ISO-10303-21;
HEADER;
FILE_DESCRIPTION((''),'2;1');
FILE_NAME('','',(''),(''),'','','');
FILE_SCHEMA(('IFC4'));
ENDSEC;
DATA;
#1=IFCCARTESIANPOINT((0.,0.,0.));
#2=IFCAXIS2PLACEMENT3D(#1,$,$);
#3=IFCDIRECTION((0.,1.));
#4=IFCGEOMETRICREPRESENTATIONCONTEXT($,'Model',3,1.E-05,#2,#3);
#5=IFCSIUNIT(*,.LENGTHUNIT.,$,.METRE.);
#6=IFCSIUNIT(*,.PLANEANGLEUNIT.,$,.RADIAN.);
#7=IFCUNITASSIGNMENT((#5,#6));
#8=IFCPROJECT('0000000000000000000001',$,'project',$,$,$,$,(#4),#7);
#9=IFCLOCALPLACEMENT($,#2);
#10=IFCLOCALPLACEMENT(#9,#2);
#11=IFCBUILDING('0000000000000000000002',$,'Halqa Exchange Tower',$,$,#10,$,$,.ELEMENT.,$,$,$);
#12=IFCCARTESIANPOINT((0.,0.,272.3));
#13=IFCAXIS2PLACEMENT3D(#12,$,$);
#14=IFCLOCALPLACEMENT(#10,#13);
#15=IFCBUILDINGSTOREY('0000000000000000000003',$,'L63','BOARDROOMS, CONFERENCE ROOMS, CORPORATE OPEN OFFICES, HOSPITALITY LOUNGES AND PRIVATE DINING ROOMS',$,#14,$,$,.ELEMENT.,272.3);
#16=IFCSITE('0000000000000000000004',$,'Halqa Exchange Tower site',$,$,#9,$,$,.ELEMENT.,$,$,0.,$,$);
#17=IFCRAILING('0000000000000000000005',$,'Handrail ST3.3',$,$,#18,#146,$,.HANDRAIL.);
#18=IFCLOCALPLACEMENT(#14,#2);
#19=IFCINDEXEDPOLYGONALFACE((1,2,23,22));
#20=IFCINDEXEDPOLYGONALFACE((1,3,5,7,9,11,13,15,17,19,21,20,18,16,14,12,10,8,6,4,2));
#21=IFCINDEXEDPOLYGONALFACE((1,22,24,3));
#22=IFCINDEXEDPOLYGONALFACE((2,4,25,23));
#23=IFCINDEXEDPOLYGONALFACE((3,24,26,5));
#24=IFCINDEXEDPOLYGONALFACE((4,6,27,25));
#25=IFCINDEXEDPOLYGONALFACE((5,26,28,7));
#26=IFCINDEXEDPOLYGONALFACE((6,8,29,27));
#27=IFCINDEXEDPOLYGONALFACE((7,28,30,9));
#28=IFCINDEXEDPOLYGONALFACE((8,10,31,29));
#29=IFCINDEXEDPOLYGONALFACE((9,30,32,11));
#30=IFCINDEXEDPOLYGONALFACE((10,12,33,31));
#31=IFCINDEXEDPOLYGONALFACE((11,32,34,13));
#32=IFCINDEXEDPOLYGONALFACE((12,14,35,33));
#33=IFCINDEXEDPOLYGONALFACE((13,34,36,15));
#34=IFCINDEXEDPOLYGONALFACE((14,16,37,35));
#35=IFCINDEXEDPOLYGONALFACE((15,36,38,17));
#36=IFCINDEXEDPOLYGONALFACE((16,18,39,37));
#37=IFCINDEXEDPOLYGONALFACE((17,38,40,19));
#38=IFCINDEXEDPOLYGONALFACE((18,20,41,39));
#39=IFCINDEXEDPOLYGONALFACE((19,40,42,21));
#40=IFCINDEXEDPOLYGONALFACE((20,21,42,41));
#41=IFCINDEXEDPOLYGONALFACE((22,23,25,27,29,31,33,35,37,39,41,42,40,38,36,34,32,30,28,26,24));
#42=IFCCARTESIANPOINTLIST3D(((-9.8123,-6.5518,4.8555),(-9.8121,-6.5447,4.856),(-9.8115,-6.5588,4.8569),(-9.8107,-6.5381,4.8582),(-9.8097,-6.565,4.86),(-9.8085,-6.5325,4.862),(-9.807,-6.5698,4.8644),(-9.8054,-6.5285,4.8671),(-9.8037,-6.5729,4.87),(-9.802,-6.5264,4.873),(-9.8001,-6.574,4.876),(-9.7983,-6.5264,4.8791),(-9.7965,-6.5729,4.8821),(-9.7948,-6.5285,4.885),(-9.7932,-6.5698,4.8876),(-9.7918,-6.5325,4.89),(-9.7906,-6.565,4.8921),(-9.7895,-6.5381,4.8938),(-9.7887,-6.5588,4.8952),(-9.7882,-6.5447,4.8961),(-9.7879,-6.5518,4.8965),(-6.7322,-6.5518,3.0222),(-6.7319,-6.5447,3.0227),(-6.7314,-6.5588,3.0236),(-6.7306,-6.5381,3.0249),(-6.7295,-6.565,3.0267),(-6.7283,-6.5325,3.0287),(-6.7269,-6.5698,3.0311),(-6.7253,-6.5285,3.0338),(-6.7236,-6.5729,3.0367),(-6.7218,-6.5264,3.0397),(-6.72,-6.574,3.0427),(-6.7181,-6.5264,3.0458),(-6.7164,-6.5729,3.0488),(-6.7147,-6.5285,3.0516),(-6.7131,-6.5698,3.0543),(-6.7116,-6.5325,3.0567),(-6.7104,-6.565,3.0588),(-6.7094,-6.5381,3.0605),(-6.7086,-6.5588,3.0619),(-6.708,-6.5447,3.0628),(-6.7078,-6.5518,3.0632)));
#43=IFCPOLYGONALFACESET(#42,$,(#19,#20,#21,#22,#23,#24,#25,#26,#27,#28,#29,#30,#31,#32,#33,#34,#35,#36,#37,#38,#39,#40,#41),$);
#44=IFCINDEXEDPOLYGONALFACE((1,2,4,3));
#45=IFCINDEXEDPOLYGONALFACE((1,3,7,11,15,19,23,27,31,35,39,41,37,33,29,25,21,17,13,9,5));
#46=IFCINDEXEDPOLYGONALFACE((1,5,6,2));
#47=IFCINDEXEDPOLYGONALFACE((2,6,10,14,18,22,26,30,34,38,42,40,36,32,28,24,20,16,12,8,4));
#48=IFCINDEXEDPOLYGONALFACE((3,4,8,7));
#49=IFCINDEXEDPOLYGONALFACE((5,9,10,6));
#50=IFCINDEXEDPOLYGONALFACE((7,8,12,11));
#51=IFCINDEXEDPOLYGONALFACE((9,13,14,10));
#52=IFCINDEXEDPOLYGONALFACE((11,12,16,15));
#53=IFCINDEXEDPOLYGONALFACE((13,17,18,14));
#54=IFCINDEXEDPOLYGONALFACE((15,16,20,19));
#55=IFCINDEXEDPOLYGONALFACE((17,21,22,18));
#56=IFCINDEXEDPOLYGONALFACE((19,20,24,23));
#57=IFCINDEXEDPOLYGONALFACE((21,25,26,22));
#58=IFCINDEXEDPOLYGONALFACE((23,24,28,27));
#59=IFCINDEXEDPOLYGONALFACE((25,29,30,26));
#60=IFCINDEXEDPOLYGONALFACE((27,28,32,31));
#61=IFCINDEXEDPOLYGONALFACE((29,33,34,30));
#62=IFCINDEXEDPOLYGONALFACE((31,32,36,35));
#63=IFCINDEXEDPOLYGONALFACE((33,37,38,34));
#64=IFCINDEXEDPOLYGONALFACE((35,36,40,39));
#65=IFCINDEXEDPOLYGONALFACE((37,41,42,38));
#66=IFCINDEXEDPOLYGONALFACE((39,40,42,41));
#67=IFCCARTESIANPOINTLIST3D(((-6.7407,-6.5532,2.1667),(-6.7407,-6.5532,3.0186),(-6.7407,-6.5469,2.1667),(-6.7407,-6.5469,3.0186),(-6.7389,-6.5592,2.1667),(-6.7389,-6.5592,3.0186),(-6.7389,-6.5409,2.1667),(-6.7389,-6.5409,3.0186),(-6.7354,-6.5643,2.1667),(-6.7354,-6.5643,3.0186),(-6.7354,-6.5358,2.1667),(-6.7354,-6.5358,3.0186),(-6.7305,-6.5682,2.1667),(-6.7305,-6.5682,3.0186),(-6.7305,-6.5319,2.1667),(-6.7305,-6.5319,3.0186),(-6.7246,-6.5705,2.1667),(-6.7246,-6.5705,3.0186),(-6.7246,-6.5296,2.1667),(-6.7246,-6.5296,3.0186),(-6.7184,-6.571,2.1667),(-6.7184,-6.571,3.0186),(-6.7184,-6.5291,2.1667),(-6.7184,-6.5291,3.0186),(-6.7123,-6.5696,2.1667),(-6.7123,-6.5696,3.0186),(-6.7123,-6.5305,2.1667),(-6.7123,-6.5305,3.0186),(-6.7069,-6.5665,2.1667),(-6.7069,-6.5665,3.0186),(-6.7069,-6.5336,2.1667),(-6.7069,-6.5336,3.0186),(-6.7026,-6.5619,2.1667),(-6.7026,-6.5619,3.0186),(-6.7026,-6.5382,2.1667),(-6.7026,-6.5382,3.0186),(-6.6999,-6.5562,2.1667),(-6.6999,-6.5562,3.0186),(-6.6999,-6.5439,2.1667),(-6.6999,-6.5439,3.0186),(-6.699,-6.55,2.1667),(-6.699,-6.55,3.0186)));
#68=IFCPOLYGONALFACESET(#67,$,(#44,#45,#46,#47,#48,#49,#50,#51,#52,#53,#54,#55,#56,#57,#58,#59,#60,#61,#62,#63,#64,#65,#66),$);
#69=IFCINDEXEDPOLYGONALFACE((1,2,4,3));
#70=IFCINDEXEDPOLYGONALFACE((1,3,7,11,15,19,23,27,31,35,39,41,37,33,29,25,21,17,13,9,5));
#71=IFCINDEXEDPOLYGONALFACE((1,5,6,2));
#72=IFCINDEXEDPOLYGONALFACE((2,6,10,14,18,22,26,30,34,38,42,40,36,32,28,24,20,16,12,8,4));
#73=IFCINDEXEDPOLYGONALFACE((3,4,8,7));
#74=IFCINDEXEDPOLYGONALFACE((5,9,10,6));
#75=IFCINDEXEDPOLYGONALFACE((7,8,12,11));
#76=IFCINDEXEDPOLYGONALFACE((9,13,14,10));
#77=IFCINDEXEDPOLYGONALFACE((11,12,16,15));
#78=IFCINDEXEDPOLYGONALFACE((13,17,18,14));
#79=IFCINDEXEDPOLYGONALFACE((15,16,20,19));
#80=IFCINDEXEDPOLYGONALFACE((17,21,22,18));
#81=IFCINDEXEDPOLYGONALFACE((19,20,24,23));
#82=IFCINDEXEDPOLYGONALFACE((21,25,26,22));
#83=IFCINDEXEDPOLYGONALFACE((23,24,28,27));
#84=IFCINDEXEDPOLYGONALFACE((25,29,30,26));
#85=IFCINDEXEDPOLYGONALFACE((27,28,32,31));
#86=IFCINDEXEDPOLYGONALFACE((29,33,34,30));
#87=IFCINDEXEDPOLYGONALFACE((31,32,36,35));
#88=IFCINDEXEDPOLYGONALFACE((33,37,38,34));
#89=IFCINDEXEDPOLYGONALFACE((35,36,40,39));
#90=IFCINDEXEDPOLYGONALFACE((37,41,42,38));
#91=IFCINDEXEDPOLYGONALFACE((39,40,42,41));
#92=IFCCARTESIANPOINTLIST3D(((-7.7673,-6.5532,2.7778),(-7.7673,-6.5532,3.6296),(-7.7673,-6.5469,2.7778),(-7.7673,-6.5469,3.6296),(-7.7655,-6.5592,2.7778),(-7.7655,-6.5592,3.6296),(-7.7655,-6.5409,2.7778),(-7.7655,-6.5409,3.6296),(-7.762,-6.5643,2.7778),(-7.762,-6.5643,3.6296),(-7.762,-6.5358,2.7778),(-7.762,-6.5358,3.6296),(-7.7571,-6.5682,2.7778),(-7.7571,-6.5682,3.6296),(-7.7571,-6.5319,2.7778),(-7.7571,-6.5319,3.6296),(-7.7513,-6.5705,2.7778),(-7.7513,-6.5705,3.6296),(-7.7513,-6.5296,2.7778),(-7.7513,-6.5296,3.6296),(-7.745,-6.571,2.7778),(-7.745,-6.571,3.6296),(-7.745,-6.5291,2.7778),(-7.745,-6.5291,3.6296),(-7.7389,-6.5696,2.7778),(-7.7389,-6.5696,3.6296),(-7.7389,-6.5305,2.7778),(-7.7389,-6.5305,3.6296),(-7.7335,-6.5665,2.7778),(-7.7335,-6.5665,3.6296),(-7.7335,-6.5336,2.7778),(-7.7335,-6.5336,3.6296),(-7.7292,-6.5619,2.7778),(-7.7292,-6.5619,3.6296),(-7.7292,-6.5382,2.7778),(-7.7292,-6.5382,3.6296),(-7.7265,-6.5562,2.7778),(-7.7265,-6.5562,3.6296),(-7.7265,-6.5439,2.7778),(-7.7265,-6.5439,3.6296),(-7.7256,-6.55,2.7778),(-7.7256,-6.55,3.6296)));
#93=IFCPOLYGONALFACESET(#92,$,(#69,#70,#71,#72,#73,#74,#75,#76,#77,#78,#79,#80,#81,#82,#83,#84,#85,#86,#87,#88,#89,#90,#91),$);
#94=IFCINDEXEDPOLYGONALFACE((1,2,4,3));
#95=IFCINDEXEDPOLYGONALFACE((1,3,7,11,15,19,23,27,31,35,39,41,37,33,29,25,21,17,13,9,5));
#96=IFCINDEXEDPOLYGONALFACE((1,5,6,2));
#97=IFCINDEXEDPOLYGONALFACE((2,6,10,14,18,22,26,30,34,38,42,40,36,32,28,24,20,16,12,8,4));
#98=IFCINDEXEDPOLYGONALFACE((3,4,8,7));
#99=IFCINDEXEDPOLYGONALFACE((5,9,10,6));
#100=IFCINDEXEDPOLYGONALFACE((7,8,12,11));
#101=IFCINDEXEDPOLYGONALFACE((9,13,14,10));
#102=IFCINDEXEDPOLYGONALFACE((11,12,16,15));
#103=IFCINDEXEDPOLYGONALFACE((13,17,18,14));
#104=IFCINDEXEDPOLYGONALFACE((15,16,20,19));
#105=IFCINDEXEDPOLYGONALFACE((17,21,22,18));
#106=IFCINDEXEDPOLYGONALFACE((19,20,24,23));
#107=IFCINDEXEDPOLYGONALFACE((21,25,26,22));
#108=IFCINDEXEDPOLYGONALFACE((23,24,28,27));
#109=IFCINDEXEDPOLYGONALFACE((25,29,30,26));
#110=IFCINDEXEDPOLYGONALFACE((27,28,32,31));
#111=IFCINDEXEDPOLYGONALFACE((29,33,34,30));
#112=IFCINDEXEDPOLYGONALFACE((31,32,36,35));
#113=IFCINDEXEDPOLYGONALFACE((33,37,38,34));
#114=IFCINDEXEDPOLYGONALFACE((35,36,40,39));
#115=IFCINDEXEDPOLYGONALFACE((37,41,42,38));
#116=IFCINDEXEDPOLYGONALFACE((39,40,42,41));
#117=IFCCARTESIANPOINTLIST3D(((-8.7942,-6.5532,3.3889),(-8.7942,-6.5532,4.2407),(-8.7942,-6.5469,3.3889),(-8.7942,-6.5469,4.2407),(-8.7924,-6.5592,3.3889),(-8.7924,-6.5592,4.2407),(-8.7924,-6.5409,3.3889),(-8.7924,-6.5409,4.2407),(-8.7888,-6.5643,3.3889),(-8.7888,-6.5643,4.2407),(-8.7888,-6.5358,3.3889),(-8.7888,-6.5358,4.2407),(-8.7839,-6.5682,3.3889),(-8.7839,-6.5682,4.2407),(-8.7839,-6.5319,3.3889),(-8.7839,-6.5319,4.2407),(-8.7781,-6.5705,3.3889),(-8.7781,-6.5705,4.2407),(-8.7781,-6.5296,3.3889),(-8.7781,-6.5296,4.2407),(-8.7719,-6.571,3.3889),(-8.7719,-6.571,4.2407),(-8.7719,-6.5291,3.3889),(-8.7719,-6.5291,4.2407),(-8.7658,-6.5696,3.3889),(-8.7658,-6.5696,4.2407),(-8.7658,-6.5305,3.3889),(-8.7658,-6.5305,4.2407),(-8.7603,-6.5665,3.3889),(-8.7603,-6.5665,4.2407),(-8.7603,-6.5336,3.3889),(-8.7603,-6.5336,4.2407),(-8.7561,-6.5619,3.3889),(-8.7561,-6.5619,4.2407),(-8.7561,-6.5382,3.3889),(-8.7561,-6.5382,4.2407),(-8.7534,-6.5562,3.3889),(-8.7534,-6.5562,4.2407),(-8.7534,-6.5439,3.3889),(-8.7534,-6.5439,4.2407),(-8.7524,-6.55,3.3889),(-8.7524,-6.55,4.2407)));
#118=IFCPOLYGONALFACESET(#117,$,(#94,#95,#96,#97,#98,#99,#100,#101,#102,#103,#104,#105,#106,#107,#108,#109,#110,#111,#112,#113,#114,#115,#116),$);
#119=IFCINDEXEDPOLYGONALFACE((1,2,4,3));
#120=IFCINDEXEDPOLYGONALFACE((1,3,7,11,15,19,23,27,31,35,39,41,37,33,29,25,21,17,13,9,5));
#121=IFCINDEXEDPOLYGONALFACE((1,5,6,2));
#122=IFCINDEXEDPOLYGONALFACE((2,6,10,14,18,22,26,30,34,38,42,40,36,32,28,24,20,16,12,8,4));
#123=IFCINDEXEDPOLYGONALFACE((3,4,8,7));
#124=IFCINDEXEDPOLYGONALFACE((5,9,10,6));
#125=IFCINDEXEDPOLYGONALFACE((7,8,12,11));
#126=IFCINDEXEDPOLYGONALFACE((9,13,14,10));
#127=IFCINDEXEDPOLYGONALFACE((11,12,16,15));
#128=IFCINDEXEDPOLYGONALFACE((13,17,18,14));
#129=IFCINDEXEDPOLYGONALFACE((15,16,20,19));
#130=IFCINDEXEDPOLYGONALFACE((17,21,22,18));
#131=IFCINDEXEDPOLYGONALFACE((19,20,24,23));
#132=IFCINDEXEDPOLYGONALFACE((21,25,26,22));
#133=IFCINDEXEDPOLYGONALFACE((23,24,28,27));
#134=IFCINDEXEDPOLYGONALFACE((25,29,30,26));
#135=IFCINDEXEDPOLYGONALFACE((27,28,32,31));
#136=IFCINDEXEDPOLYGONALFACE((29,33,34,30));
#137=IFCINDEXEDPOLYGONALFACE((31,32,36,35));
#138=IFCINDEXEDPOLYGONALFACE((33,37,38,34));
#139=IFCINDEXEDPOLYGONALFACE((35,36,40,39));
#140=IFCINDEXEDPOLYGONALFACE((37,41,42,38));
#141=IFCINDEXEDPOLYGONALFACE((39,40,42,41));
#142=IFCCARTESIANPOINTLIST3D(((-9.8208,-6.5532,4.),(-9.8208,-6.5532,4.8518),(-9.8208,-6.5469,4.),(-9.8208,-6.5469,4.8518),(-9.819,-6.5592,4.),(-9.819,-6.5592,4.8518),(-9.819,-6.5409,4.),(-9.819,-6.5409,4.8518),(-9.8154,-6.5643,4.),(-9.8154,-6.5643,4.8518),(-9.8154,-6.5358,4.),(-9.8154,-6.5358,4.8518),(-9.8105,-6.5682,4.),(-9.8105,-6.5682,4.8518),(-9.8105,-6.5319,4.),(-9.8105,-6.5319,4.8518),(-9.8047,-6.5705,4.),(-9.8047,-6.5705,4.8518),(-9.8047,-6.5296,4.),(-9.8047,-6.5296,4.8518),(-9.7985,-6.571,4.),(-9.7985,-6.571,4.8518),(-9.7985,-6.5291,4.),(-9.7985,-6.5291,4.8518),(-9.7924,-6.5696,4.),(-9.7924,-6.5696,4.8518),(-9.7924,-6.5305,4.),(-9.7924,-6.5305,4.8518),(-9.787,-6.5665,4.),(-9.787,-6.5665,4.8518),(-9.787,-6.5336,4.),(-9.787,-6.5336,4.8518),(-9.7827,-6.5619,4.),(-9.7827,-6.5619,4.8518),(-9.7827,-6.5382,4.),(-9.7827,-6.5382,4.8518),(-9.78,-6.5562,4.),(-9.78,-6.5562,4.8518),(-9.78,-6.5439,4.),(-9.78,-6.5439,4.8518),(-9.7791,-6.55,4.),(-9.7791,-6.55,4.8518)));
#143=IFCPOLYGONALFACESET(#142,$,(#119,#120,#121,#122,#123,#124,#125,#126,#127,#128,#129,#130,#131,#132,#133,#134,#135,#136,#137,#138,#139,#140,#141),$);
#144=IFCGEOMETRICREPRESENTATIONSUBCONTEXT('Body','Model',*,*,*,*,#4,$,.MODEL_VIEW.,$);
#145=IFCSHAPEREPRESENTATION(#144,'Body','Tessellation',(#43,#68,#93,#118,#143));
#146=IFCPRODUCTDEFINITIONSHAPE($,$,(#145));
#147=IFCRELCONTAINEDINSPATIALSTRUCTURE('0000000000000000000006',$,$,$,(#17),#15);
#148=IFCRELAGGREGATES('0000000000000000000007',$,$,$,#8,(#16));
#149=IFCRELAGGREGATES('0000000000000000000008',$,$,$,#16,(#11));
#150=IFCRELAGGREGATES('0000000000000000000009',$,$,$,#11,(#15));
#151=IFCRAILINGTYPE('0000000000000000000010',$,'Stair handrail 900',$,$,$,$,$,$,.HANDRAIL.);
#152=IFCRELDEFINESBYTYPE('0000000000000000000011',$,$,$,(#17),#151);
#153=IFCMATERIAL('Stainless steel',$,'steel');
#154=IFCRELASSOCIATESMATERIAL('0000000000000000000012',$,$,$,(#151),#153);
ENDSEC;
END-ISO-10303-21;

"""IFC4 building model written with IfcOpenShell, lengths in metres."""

from ifc_helpers import new_model, si_unit, direction, frame, origin, origin_2d, place, context, subcontext, project, spatial, circle, extrude, material, type_object, element, save


model = new_model("IFC4")

# Units and contexts
model_context = context("Model", 3, precision=1e-05, world=origin(), true_north=direction((0.0, 1.0)))
body_context = subcontext(model_context, "Body", "Model", "MODEL_VIEW")
ifc_project = project(units=[si_unit("LENGTHUNIT", "METRE"), si_unit("PLANEANGLEUNIT", "RADIAN")], contexts=[model_context])

# Site, building, storey
site_placement = place(None, origin())
site = spatial("IfcSite", under=ifc_project, at=site_placement, Name="Halqa Exchange Tower site", CompositionType="ELEMENT", RefElevation=0.0)
building_placement = place(site_placement, origin())
building = spatial("IfcBuilding", under=site, at=building_placement, Name="Halqa Exchange Tower", CompositionType="ELEMENT")
storey_placement = place(building_placement, frame((0.0, 0.0, 272.3)))
storey = spatial("IfcBuildingStorey", under=building, at=storey_placement, Name="L63", Description="BOARDROOMS, CONFERENCE ROOMS, CORPORATE OPEN OFFICES, HOSPITALITY LOUNGES AND PRIVATE DINING ROOMS", CompositionType="ELEMENT", Elevation=272.3)

# Shared definitions
ifc_material_1 = material(Name="Stainless steel", Category="steel")

# Railing
railing_type_1 = type_object("IfcRailingType", Name="Stair handrail 900", PredefinedType="HANDRAIL", material=ifc_material_1)
railing_1_placement = place(storey_placement, frame((-6.72, -6.55, 2.1667)))
element("IfcRailing", 1, at=railing_1_placement, inside=storey, type_object=railing_type_1, Name="Handrail ST3.3", PredefinedType="HANDRAIL", context=body_context, shape_type="SweptSolid", body=[
    extrude(circle(Radius=0.0239, at=origin_2d()), frame((0.0, 0.0, 0.876), z_axis=(-0.859309, 0.0, 0.511458), x_axis=(0.0, -1.0, 0.0)), (0.0, 0.0, 1.0), 3.5845),
    extrude(circle(Radius=0.021, at=origin_2d()), origin(), (0.0, 0.0, 1.0), 0.8518),
    extrude(circle(Radius=0.021, at=origin_2d()), frame((-1.0266, 0.0, 0.6111)), (0.0, 0.0, 1.0), 0.8518),
    extrude(circle(Radius=0.021, at=origin_2d()), frame((-2.0535, 0.0, 1.2222)), (0.0, 0.0, 1.0), 0.8518),
    extrude(circle(Radius=0.021, at=origin_2d()), frame((-3.0801, 0.0, 1.8333)), (0.0, 0.0, 1.0), 0.8518),
])

save(model, "model.ifc")
